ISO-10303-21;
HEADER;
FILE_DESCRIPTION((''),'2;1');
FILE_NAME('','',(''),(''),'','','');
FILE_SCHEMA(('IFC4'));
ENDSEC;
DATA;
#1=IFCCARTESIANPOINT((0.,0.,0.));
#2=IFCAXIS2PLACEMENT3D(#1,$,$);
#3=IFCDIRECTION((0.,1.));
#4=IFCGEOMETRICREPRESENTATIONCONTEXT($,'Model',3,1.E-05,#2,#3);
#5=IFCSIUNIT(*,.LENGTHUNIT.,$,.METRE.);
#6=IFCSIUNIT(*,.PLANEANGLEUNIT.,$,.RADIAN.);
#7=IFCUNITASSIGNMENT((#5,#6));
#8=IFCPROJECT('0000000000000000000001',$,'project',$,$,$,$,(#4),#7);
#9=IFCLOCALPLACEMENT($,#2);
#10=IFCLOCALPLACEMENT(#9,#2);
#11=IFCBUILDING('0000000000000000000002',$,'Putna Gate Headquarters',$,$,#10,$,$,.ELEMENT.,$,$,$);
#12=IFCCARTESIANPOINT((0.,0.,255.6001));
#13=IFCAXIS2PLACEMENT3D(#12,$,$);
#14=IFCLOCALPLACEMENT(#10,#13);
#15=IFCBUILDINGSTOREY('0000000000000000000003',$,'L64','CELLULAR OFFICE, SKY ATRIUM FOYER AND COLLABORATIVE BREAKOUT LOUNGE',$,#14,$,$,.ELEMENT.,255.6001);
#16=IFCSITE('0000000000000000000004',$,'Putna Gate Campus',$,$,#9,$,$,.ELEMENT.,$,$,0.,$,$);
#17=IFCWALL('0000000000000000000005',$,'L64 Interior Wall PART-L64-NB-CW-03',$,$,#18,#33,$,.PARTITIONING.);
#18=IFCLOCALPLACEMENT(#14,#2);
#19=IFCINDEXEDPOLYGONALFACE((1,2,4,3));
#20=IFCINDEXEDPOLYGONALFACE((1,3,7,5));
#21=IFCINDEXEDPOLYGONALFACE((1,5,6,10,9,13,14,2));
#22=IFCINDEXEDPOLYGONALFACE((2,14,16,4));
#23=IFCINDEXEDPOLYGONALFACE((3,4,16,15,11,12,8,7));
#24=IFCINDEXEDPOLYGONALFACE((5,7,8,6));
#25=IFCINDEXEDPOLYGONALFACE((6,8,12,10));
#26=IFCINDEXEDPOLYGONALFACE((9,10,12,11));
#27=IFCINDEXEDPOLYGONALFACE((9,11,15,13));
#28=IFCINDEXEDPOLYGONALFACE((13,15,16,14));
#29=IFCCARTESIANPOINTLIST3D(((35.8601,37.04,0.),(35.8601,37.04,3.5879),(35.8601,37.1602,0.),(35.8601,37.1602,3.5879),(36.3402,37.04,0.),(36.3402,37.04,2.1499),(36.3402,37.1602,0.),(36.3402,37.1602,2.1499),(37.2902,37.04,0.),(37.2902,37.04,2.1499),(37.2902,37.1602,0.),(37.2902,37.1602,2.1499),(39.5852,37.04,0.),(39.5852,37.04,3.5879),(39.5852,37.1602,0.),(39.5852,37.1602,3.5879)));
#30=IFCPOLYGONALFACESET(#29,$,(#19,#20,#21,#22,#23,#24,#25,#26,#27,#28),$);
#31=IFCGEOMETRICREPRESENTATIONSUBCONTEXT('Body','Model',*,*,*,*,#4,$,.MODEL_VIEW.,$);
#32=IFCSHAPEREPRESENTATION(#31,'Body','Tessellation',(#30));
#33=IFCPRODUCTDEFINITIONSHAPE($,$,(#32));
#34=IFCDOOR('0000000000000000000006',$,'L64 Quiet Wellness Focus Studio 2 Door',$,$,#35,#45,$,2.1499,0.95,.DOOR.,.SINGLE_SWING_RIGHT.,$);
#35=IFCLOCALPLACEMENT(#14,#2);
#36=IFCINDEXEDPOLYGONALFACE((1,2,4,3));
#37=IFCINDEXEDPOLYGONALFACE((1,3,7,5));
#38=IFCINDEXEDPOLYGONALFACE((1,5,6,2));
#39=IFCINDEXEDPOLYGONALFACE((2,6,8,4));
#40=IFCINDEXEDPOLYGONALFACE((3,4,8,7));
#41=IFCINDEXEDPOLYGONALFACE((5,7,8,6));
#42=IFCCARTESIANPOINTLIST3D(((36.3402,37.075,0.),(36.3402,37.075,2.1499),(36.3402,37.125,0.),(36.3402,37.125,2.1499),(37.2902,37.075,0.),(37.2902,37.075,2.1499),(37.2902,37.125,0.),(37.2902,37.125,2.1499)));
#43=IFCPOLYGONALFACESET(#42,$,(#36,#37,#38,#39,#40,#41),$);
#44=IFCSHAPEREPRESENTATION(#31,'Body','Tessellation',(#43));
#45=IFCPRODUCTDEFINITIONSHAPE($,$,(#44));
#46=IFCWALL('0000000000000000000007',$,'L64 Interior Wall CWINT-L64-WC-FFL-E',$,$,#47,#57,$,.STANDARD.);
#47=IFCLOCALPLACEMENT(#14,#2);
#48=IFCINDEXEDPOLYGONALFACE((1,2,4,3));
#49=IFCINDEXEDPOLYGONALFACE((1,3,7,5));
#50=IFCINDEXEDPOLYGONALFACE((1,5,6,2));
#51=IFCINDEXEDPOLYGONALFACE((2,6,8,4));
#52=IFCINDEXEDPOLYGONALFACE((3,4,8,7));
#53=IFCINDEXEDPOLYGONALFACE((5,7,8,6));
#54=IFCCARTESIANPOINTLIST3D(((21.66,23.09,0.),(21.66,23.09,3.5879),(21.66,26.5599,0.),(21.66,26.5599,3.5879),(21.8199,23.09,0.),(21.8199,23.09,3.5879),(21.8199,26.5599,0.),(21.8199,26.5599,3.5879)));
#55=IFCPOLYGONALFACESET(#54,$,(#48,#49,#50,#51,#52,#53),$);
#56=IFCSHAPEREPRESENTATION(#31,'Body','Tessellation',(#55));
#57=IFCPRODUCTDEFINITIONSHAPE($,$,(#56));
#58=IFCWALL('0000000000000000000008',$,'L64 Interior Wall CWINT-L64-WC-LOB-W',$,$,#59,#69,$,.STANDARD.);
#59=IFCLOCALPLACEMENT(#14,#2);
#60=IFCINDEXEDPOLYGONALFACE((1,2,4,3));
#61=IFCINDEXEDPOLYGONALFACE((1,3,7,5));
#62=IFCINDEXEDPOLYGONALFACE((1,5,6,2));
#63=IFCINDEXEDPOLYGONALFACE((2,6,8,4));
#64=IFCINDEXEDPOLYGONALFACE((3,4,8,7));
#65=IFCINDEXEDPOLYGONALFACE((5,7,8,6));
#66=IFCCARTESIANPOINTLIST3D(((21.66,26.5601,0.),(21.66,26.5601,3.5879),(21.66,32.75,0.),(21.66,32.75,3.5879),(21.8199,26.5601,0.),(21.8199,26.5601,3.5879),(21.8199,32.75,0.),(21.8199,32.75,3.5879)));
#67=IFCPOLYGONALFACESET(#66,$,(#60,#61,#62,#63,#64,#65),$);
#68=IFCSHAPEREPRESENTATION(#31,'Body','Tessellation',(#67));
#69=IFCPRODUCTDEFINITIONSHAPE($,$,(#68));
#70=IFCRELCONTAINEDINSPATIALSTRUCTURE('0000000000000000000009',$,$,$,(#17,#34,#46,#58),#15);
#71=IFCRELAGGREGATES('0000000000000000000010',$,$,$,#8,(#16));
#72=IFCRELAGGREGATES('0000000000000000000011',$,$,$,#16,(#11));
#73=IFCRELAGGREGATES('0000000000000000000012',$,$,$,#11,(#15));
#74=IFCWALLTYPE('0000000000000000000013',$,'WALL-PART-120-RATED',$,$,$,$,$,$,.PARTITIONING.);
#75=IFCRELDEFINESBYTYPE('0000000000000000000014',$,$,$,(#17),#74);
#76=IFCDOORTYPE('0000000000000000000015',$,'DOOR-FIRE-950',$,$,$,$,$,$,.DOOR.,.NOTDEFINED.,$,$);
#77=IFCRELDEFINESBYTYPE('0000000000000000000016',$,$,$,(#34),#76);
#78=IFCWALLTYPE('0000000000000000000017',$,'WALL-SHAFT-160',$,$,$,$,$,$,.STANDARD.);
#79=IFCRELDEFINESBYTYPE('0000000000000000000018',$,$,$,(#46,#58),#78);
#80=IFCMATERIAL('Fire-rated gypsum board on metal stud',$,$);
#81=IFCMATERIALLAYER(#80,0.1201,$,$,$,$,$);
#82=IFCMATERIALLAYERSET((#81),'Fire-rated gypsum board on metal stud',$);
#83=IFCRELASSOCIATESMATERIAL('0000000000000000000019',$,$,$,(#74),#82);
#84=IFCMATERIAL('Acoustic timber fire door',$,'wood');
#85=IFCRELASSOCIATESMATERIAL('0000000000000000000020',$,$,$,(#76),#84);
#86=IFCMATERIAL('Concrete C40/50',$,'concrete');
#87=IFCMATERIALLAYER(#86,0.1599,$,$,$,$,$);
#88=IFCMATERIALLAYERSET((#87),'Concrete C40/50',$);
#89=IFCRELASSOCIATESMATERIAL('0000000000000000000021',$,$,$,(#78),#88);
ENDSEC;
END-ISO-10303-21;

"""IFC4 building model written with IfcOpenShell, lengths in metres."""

from ifc_helpers import new_model, si_unit, direction, frame, frame_2d, origin, place, context, subcontext, project, spatial, rectangle, extrude, material, layer, layer_set, type_object, element, fill, save


model = new_model("IFC4")

# Units and contexts
model_context = context("Model", 3, precision=1e-05, world=origin(), true_north=direction((0.0, 1.0)))
body_context = subcontext(model_context, "Body", "Model", "MODEL_VIEW")
ifc_project = project(units=[si_unit("LENGTHUNIT", "METRE"), si_unit("PLANEANGLEUNIT", "RADIAN")], contexts=[model_context])

# Site, building, storey
site_placement = place(None, origin())
site = spatial("IfcSite", under=ifc_project, at=site_placement, Name="Putna Gate Campus", CompositionType="ELEMENT", RefElevation=0.0)
building_placement = place(site_placement, origin())
building = spatial("IfcBuilding", under=site, at=building_placement, Name="Putna Gate Headquarters", CompositionType="ELEMENT")
storey_placement = place(building_placement, frame((0.0, 0.0, 255.6001)))
storey = spatial("IfcBuildingStorey", under=building, at=storey_placement, Name="L64", Description="CELLULAR OFFICE, SKY ATRIUM FOYER AND COLLABORATIVE BREAKOUT LOUNGE", CompositionType="ELEMENT", Elevation=255.6001)

# Shared definitions
ifc_material_1 = material(Name="Fire-rated gypsum board on metal stud")
ifc_layer_1 = layer(ifc_material_1, 0.1201)
ifc_layer_set_1 = layer_set([ifc_layer_1], Name="Fire-rated gypsum board on metal stud")
wall_type_1 = type_object("IfcWallType", Name="WALL-PART-120-RATED", PredefinedType="PARTITIONING", material=ifc_layer_set_1)

# Wall, opening, door
ifc_material_2 = material(Name="Acoustic timber fire door", Category="wood")
door_type = type_object("IfcDoorType", Name="DOOR-FIRE-950", OperationType="NOTDEFINED", PredefinedType="DOOR", material=ifc_material_2)
wall_1_placement = place(storey_placement, frame((35.8601, 37.1001, 0.0), z_axis=(0.0, 0.0, 1.0), x_axis=(1.0, 0.0, 0.0)))
wall_1 = element("IfcWall", 1, at=wall_1_placement, inside=storey, type_object=wall_type_1, Name="L64 Interior Wall PART-L64-NB-CW-03", PredefinedType="PARTITIONING", context=body_context, shape_type="SweptSolid", body=[
    extrude(rectangle(XDim=3.7251, YDim=0.1201, at=frame_2d((1.8625, 0.0))), origin(), (0.0, 0.0, 1.0), 3.5879),
])
opening_1_placement = place(wall_1_placement, frame((0.48, 0.0, 0.0)))
opening_1 = element("IfcOpeningElement", 2, at=opening_1_placement, cuts=wall_1, PredefinedType="OPENING", context=body_context, shape_type="SweptSolid", body=[
    extrude(rectangle(XDim=0.95, YDim=2.1499, at=frame_2d((0.4751, 1.075))), frame((0.0, 0.0701, 0.0), z_axis=(0.0, -1.0, 0.0), x_axis=(1.0, 0.0, 0.0)), (0.0, 0.0, 1.0), 0.1401),
])
door_1_placement = place(opening_1_placement, origin())
door_1 = element("IfcDoor", 3, at=door_1_placement, inside=storey, type_object=door_type, Name="L64 Quiet Wellness Focus Studio 2 Door", OperationType="SINGLE_SWING_RIGHT", OverallHeight=2.1499, OverallWidth=0.95, PredefinedType="DOOR", context=body_context, shape_type="SweptSolid", body=[
    extrude(rectangle(XDim=0.95, YDim=2.1499, at=frame_2d((0.4751, 1.075))), frame((0.0, 0.0249, 0.0), z_axis=(0.0, -1.0, 0.0), x_axis=(1.0, 0.0, 0.0)), (0.0, 0.0, 1.0), 0.05),
])
fill(opening_1, door_1)

# Walls
ifc_material_3 = material(Name="Concrete C40/50", Category="concrete")
ifc_layer_2 = layer(ifc_material_3, 0.1599)
ifc_layer_set_2 = layer_set([ifc_layer_2], Name="Concrete C40/50")
wall_type_2 = type_object("IfcWallType", Name="WALL-SHAFT-160", PredefinedType="STANDARD", material=ifc_layer_set_2)
wall_2_placement = place(storey_placement, frame((21.74, 23.0901, 0.0), z_axis=(0.0, 0.0, 1.0), x_axis=(0.0, 1.0, 0.0)))
element("IfcWall", 4, at=wall_2_placement, inside=storey, type_object=wall_type_2, Name="L64 Interior Wall CWINT-L64-WC-FFL-E", PredefinedType="STANDARD", context=body_context, shape_type="SweptSolid", body=[
    extrude(rectangle(XDim=3.47, YDim=0.1599, at=frame_2d((1.7349, 0.0))), origin(), (0.0, 0.0, 1.0), 3.5879),
])
wall_3_placement = place(storey_placement, frame((21.74, 26.5601, 0.0), z_axis=(0.0, 0.0, 1.0), x_axis=(0.0, 1.0, 0.0)))
element("IfcWall", 5, at=wall_3_placement, inside=storey, type_object=wall_type_2, Name="L64 Interior Wall CWINT-L64-WC-LOB-W", PredefinedType="STANDARD", context=body_context, shape_type="SweptSolid", body=[
    extrude(rectangle(XDim=6.1899, YDim=0.1599, at=frame_2d((3.095, 0.0))), origin(), (0.0, 0.0, 1.0), 3.5879),
])

save(model, "model.ifc")
